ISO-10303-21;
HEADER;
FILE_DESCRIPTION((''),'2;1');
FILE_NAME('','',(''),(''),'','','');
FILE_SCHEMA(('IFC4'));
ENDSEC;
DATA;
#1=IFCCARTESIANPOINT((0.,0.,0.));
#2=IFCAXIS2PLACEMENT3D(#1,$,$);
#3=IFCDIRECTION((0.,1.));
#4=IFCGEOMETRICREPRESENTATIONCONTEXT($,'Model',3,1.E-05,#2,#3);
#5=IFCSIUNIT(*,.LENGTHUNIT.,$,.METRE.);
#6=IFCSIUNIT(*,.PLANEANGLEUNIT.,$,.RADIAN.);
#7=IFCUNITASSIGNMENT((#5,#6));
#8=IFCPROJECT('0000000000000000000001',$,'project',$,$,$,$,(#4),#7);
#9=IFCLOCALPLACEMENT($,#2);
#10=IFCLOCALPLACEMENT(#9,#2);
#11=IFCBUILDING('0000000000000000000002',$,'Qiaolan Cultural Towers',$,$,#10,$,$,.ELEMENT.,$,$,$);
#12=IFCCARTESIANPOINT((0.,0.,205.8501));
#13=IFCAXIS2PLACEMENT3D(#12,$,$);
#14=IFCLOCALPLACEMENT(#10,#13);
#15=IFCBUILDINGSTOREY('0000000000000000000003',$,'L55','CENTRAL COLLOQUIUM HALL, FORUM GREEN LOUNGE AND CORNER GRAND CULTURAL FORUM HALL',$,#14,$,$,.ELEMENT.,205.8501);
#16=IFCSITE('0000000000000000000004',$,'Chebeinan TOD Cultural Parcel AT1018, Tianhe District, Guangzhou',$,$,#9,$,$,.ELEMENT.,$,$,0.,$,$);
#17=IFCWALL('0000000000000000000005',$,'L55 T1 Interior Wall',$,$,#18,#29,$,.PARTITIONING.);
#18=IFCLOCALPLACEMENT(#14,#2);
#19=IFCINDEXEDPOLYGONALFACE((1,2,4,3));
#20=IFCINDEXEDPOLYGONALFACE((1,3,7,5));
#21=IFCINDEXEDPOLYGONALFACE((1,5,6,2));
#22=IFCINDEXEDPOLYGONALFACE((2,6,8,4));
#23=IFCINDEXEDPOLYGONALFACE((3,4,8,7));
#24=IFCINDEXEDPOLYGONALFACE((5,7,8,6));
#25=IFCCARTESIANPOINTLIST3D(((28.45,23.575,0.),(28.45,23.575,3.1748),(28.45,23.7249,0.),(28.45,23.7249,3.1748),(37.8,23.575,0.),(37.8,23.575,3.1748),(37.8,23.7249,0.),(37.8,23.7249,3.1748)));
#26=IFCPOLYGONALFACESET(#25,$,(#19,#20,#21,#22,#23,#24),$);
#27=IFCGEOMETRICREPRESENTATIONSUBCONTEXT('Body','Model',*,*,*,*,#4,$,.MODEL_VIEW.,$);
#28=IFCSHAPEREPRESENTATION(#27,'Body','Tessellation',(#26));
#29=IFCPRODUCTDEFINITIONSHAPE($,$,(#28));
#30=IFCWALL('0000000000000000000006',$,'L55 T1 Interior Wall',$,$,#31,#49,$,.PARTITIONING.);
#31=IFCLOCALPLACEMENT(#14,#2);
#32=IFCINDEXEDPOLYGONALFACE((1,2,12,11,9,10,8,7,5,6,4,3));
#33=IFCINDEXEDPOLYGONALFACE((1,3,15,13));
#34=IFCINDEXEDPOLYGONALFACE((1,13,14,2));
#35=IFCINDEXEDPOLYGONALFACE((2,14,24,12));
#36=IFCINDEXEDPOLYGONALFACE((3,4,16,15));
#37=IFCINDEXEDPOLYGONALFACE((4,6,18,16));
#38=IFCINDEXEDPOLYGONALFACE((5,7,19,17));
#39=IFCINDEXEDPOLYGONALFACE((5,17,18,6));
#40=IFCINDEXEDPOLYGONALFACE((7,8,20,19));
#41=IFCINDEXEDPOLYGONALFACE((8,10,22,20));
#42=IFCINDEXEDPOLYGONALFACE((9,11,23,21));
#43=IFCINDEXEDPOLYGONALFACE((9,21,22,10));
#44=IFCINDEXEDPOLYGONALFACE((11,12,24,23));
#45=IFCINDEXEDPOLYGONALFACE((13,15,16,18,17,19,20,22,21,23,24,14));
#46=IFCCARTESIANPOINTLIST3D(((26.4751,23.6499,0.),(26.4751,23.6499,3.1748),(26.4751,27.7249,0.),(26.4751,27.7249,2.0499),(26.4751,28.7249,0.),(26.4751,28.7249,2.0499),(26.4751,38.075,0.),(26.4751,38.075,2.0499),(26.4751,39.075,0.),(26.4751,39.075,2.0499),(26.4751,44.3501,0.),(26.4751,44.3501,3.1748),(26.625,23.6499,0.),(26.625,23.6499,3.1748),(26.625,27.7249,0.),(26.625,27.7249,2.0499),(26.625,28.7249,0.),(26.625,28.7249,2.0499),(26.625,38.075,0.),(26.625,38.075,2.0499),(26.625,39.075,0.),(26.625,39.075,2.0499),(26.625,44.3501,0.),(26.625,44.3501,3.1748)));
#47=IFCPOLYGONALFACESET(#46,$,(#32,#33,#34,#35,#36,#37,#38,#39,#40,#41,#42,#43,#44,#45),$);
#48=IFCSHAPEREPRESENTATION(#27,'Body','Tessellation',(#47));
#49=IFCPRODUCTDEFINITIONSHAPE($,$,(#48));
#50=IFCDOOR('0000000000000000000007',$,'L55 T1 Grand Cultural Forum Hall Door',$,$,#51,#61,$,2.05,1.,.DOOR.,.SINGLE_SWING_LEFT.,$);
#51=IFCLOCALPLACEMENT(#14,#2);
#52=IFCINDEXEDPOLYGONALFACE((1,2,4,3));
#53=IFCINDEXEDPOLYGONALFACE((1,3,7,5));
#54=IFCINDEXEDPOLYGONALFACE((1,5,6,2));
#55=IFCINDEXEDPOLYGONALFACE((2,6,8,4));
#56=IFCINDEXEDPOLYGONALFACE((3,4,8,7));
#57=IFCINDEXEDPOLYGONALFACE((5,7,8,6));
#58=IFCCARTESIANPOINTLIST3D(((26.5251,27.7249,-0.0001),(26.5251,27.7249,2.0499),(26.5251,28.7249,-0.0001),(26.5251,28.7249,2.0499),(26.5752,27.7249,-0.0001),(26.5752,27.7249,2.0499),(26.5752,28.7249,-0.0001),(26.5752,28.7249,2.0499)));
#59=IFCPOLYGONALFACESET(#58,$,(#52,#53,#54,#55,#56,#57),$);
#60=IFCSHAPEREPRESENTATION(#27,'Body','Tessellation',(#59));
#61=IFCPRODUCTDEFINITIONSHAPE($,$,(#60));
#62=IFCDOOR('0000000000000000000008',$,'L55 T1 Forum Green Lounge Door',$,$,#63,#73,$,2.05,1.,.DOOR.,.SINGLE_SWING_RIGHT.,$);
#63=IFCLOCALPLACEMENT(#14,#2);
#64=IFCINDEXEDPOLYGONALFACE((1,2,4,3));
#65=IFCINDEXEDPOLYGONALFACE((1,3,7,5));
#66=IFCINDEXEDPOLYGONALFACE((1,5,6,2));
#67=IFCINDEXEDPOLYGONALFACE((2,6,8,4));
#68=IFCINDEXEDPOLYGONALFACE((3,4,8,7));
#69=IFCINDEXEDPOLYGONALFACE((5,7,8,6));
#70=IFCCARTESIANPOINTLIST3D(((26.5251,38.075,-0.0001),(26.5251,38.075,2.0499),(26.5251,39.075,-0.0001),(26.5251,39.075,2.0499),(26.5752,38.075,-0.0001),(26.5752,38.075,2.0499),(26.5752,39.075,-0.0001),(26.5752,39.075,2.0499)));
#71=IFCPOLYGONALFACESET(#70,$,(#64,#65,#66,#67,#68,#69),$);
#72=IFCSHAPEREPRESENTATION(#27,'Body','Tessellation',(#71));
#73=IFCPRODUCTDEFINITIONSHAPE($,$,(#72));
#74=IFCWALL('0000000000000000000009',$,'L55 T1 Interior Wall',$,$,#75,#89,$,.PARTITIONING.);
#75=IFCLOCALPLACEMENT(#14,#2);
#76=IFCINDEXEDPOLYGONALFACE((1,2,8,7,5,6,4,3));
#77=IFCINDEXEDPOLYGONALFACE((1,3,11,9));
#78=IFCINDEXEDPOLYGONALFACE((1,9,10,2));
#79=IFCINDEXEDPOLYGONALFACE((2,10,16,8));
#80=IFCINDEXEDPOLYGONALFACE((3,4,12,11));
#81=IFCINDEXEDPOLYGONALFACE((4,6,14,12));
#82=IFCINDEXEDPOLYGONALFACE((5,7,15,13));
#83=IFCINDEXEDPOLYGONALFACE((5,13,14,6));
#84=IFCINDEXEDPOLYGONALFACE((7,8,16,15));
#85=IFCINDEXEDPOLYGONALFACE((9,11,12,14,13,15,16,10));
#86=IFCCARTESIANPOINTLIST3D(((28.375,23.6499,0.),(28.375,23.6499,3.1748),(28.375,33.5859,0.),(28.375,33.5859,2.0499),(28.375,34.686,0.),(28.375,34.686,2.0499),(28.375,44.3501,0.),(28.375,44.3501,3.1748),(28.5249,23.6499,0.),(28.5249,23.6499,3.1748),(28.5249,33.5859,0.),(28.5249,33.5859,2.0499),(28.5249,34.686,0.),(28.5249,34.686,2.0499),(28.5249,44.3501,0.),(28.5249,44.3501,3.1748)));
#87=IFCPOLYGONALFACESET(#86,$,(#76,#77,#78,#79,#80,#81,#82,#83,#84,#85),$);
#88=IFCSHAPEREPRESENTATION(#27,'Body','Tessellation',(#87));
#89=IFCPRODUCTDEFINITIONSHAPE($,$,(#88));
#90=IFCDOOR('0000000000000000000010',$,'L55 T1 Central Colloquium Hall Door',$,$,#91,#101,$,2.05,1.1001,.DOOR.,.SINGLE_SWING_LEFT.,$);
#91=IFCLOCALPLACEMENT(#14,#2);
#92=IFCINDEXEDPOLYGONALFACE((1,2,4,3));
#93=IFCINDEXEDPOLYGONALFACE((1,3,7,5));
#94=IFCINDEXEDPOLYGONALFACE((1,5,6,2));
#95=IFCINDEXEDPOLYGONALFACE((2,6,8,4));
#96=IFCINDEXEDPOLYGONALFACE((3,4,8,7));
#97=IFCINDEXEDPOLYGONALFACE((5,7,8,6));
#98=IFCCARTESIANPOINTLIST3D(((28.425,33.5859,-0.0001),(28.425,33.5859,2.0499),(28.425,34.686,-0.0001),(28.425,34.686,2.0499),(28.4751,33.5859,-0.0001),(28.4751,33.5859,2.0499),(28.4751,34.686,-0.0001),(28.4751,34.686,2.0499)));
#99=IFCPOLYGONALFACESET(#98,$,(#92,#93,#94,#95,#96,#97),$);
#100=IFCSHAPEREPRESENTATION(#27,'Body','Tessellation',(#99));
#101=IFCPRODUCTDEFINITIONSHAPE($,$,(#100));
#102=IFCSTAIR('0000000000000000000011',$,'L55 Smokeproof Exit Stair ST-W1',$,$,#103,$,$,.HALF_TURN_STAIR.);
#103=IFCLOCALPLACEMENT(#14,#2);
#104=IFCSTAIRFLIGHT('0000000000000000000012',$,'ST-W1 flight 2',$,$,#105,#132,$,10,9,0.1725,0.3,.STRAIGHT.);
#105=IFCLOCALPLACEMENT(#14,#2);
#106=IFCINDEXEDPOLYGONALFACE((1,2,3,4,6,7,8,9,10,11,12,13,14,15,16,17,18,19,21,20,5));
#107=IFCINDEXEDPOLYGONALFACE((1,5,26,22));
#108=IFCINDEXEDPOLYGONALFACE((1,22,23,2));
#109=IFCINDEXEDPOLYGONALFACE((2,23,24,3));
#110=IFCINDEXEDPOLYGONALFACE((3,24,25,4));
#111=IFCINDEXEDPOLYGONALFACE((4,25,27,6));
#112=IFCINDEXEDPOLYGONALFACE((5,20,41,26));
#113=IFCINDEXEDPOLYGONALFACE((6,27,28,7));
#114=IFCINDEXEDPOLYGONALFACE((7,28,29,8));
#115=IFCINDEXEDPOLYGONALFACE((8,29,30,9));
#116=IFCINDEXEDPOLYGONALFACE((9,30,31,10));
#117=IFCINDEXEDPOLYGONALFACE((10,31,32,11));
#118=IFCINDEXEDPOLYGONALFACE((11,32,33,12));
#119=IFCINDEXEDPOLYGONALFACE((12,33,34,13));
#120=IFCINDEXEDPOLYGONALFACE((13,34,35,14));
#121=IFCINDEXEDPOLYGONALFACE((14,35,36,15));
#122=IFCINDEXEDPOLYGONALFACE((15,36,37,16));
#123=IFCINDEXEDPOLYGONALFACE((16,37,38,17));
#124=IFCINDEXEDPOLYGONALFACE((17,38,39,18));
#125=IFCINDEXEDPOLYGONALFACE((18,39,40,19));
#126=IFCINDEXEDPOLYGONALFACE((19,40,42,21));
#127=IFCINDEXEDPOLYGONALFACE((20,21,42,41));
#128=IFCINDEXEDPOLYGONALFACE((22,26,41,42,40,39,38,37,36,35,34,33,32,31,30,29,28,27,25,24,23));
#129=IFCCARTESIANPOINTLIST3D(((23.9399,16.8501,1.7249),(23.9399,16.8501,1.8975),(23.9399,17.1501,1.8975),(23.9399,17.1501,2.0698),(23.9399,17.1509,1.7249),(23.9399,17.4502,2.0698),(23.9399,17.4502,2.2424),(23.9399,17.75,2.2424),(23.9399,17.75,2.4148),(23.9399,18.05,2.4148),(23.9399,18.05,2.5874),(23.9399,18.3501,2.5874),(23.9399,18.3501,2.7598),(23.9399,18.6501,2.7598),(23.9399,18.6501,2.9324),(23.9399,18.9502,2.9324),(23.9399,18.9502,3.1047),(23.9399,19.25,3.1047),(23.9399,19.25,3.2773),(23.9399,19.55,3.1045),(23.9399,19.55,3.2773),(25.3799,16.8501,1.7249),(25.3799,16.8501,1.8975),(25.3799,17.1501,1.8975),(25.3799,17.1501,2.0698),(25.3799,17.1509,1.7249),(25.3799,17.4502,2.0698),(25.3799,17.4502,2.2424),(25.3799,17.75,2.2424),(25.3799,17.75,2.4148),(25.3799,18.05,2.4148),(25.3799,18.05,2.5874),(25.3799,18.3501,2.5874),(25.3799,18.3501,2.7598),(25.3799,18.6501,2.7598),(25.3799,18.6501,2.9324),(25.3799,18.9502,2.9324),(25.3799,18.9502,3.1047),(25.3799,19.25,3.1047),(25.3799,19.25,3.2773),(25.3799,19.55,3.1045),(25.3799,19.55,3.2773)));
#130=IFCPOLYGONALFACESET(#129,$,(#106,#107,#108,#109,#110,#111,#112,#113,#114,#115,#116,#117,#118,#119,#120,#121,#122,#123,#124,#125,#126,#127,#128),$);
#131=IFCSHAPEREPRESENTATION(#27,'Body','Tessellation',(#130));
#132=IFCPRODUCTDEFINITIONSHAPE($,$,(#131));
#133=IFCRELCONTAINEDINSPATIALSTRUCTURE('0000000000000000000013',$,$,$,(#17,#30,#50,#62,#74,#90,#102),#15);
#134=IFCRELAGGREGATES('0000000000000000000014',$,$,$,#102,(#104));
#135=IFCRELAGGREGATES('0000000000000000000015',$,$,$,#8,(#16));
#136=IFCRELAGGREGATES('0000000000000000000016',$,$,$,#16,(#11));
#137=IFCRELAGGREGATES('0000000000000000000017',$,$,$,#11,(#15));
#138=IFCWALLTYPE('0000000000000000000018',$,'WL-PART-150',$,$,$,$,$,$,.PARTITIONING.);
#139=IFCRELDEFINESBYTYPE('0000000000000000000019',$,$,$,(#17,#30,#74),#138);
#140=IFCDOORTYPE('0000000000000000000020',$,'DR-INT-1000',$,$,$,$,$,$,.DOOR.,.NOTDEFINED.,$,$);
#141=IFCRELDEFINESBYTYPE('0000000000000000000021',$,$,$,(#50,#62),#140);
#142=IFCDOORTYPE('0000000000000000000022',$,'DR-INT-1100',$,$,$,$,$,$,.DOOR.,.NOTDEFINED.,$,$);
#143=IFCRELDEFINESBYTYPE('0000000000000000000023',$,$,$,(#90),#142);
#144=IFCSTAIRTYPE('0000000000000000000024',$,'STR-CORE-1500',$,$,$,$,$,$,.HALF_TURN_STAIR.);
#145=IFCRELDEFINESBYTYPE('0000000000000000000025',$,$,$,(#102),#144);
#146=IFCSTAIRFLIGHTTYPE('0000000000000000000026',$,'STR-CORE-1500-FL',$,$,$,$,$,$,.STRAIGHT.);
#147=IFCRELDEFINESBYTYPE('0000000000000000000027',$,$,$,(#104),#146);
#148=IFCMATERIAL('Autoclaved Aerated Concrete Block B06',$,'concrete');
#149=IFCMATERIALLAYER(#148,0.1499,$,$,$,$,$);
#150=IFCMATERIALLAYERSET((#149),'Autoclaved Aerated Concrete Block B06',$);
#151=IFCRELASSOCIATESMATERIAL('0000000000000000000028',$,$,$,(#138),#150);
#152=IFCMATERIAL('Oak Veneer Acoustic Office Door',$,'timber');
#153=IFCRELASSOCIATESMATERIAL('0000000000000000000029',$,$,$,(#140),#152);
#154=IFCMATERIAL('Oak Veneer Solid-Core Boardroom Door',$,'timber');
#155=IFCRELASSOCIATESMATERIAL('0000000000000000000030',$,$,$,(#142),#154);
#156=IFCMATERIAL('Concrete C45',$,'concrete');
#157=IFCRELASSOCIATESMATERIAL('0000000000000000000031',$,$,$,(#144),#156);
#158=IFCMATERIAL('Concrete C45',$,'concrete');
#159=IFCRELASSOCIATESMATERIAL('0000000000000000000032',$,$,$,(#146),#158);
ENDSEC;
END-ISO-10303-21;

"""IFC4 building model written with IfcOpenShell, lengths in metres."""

from ifc_helpers import new_model, si_unit, direction, frame, frame_2d, origin, place, context, subcontext, project, spatial, polyline, rectangle, outline, extrude, material, layer, layer_set, type_object, element, fill, aggregate, save


model = new_model("IFC4")

# Units and contexts
model_context = context("Model", 3, precision=1e-05, world=origin(), true_north=direction((0.0, 1.0)))
body_context = subcontext(model_context, "Body", "Model", "MODEL_VIEW")
ifc_project = project(units=[si_unit("LENGTHUNIT", "METRE"), si_unit("PLANEANGLEUNIT", "RADIAN")], contexts=[model_context])

# Site, building, storey
site_placement = place(None, origin())
site = spatial("IfcSite", under=ifc_project, at=site_placement, Name="Chebeinan TOD Cultural Parcel AT1018, Tianhe District, Guangzhou", CompositionType="ELEMENT", RefElevation=0.0)
building_placement = place(site_placement, origin())
building = spatial("IfcBuilding", under=site, at=building_placement, Name="Qiaolan Cultural Towers", CompositionType="ELEMENT")
storey_placement = place(building_placement, frame((0.0, 0.0, 205.8501)))
storey = spatial("IfcBuildingStorey", under=building, at=storey_placement, Name="L55", Description="CENTRAL COLLOQUIUM HALL, FORUM GREEN LOUNGE AND CORNER GRAND CULTURAL FORUM HALL", CompositionType="ELEMENT", Elevation=205.8501)

# Shared definitions
ifc_material_1 = material(Name="Autoclaved Aerated Concrete Block B06", Category="concrete")
ifc_layer_1 = layer(ifc_material_1, 0.1499)
ifc_layer_set_1 = layer_set([ifc_layer_1], Name="Autoclaved Aerated Concrete Block B06")
wall_type_1 = type_object("IfcWallType", Name="WL-PART-150", PredefinedType="PARTITIONING", material=ifc_layer_set_1)
ifc_material_2 = material(Name="Oak Veneer Acoustic Office Door", Category="timber")
door_type_1 = type_object("IfcDoorType", Name="DR-INT-1000", OperationType="NOTDEFINED", PredefinedType="DOOR", material=ifc_material_2)

# Wall
wall_1_placement = place(storey_placement, frame((28.45, 23.6499, 0.0), z_axis=(0.0, 0.0, 1.0), x_axis=(1.0, 0.0, 0.0)))
element("IfcWall", 1, at=wall_1_placement, inside=storey, type_object=wall_type_1, Name="L55 T1 Interior Wall", PredefinedType="PARTITIONING", context=body_context, shape_type="SweptSolid", body=[
    extrude(rectangle(XDim=9.3501, YDim=0.1499, at=frame_2d((4.675, 0.0))), origin(), (0.0, 0.0, 1.0), 3.1748),
])

# Wall, openings, doors
wall_2_placement = place(storey_placement, frame((26.55, 23.6499, 0.0), z_axis=(0.0, 0.0, 1.0), x_axis=(0.0, 1.0, 0.0)))
wall_2 = element("IfcWall", 2, at=wall_2_placement, inside=storey, type_object=wall_type_1, Name="L55 T1 Interior Wall", PredefinedType="PARTITIONING", context=body_context, shape_type="SweptSolid", body=[
    extrude(rectangle(XDim=20.7002, YDim=0.1499, at=frame_2d((10.3501, 0.0))), origin(), (0.0, 0.0, 1.0), 3.1748),
])
opening_1_placement = place(wall_2_placement, frame((4.075, 0.0, 0.0)))
opening_1 = element("IfcOpeningElement", 3, at=opening_1_placement, cuts=wall_2, PredefinedType="OPENING", context=body_context, shape_type="SweptSolid", body=[
    extrude(rectangle(XDim=1.0, YDim=2.05, at=frame_2d((0.5, 1.0249))), frame((0.0, 0.085, 0.0), z_axis=(0.0, -1.0, 0.0), x_axis=(1.0, 0.0, 0.0)), (0.0, 0.0, 1.0), 0.1699),
])
opening_2_placement = place(wall_2_placement, frame((14.425, 0.0, 0.0)))
opening_2 = element("IfcOpeningElement", 4, at=opening_2_placement, cuts=wall_2, PredefinedType="OPENING", context=body_context, shape_type="SweptSolid", body=[
    extrude(rectangle(XDim=1.0, YDim=2.05, at=frame_2d((0.5, 1.0249))), frame((0.0, 0.085, 0.0), z_axis=(0.0, -1.0, 0.0), x_axis=(1.0, 0.0, 0.0)), (0.0, 0.0, 1.0), 0.1699),
])
door_1_placement = place(opening_1_placement, origin())
door_1 = element("IfcDoor", 5, at=door_1_placement, inside=storey, type_object=door_type_1, Name="L55 T1 Grand Cultural Forum Hall Door", OperationType="SINGLE_SWING_LEFT", OverallHeight=2.05, OverallWidth=1.0, PredefinedType="DOOR", context=body_context, shape_type="SweptSolid", body=[
    extrude(rectangle(XDim=1.0, YDim=2.05, at=frame_2d((0.5, 1.0249))), frame((0.0, 0.0249, 0.0), z_axis=(0.0, -1.0, 0.0), x_axis=(1.0, 0.0, 0.0)), (0.0, 0.0, 1.0), 0.05),
])
fill(opening_1, door_1)
door_2_placement = place(opening_2_placement, origin())
door_2 = element("IfcDoor", 6, at=door_2_placement, inside=storey, type_object=door_type_1, Name="L55 T1 Forum Green Lounge Door", OperationType="SINGLE_SWING_RIGHT", OverallHeight=2.05, OverallWidth=1.0, PredefinedType="DOOR", context=body_context, shape_type="SweptSolid", body=[
    extrude(rectangle(XDim=1.0, YDim=2.05, at=frame_2d((0.5, 1.0249))), frame((0.0, 0.0249, 0.0), z_axis=(0.0, -1.0, 0.0), x_axis=(1.0, 0.0, 0.0)), (0.0, 0.0, 1.0), 0.05),
])
fill(opening_2, door_2)

# Wall, opening, door
wall_3_placement = place(storey_placement, frame((28.45, 23.6499, 0.0), z_axis=(0.0, 0.0, 1.0), x_axis=(0.0, 1.0, 0.0)))
wall_3 = element("IfcWall", 7, at=wall_3_placement, inside=storey, type_object=wall_type_1, Name="L55 T1 Interior Wall", PredefinedType="PARTITIONING", context=body_context, shape_type="SweptSolid", body=[
    extrude(rectangle(XDim=20.7002, YDim=0.1499, at=frame_2d((10.3501, 0.0))), origin(), (0.0, 0.0, 1.0), 3.1748),
])
opening_3_placement = place(wall_3_placement, frame((9.936, 0.0, 0.0)))
opening_3 = element("IfcOpeningElement", 8, at=opening_3_placement, cuts=wall_3, PredefinedType="OPENING", context=body_context, shape_type="SweptSolid", body=[
    extrude(rectangle(XDim=1.1001, YDim=2.05, at=frame_2d((0.55, 1.0249))), frame((0.0, 0.085, 0.0), z_axis=(0.0, -1.0, 0.0), x_axis=(1.0, 0.0, 0.0)), (0.0, 0.0, 1.0), 0.1699),
])
ifc_material_3 = material(Name="Oak Veneer Solid-Core Boardroom Door", Category="timber")
door_type_2 = type_object("IfcDoorType", Name="DR-INT-1100", OperationType="NOTDEFINED", PredefinedType="DOOR", material=ifc_material_3)
door_3_placement = place(opening_3_placement, origin())
door_3 = element("IfcDoor", 9, at=door_3_placement, inside=storey, type_object=door_type_2, Name="L55 T1 Central Colloquium Hall Door", OperationType="SINGLE_SWING_LEFT", OverallHeight=2.05, OverallWidth=1.1001, PredefinedType="DOOR", context=body_context, shape_type="SweptSolid", body=[
    extrude(rectangle(XDim=1.1001, YDim=2.05, at=frame_2d((0.55, 1.0249))), frame((0.0, 0.0249, 0.0), z_axis=(0.0, -1.0, 0.0), x_axis=(1.0, 0.0, 0.0)), (0.0, 0.0, 1.0), 0.05),
])
fill(opening_3, door_3)

# Stair, stair flight
ifc_material_4 = material(Name="Concrete C45", Category="concrete")
stair_type = type_object("IfcStairType", Name="STR-CORE-1500", PredefinedType="HALF_TURN_STAIR", material=ifc_material_4)
stair_placement = place(storey_placement, origin())
stair = element("IfcStair", 10, at=stair_placement, inside=storey, type_object=stair_type, Name="L55 Smokeproof Exit Stair ST-W1", PredefinedType="HALF_TURN_STAIR")
ifc_material_5 = material(Name="Concrete C45", Category="concrete")
stair_flight_type = type_object("IfcStairFlightType", Name="STR-CORE-1500-FL", PredefinedType="STRAIGHT", material=ifc_material_5)
stair_flight_placement = place(storey_placement, frame((24.6599, 16.8501, 1.7249), z_axis=(0.0, 0.0, 1.0), x_axis=(0.0, 1.0, 0.0)))
stair_flight = element("IfcStairFlight", 11, at=stair_flight_placement, type_object=stair_flight_type, Name="ST-W1 flight 2", NumberOfRisers=10, NumberOfTreads=9, PredefinedType="STRAIGHT", RiserHeight=0.1725, TreadLength=0.3, context=body_context, shape_type="SweptSolid", body=[
    extrude(outline(polyline([(0.0, 0.0), (0.0, 0.1726), (0.3, 0.1726), (0.3, 0.345), (0.6001, 0.345), (0.6001, 0.5176), (0.8999, 0.5176), (0.8999, 0.6899), (1.2, 0.6899), (1.2, 0.8625), (1.5, 0.8625), (1.5, 1.0349), (1.8, 1.0349), (1.8, 1.2075), (2.1001, 1.2075), (2.1001, 1.3799), (2.3999, 1.3799), (2.3999, 1.5525), (2.7, 1.5525), (2.7, 1.7251), (2.7, 1.3796), (0.3008, 0.0), (0.0, 0.0)])), frame((0.0, 0.72, 0.0), z_axis=(0.0, -1.0, 0.0), x_axis=(1.0, 0.0, 0.0)), (0.0, 0.0, 1.0), 1.4399),
])
aggregate(stair, [stair_flight])

save(model, "model.ifc")
